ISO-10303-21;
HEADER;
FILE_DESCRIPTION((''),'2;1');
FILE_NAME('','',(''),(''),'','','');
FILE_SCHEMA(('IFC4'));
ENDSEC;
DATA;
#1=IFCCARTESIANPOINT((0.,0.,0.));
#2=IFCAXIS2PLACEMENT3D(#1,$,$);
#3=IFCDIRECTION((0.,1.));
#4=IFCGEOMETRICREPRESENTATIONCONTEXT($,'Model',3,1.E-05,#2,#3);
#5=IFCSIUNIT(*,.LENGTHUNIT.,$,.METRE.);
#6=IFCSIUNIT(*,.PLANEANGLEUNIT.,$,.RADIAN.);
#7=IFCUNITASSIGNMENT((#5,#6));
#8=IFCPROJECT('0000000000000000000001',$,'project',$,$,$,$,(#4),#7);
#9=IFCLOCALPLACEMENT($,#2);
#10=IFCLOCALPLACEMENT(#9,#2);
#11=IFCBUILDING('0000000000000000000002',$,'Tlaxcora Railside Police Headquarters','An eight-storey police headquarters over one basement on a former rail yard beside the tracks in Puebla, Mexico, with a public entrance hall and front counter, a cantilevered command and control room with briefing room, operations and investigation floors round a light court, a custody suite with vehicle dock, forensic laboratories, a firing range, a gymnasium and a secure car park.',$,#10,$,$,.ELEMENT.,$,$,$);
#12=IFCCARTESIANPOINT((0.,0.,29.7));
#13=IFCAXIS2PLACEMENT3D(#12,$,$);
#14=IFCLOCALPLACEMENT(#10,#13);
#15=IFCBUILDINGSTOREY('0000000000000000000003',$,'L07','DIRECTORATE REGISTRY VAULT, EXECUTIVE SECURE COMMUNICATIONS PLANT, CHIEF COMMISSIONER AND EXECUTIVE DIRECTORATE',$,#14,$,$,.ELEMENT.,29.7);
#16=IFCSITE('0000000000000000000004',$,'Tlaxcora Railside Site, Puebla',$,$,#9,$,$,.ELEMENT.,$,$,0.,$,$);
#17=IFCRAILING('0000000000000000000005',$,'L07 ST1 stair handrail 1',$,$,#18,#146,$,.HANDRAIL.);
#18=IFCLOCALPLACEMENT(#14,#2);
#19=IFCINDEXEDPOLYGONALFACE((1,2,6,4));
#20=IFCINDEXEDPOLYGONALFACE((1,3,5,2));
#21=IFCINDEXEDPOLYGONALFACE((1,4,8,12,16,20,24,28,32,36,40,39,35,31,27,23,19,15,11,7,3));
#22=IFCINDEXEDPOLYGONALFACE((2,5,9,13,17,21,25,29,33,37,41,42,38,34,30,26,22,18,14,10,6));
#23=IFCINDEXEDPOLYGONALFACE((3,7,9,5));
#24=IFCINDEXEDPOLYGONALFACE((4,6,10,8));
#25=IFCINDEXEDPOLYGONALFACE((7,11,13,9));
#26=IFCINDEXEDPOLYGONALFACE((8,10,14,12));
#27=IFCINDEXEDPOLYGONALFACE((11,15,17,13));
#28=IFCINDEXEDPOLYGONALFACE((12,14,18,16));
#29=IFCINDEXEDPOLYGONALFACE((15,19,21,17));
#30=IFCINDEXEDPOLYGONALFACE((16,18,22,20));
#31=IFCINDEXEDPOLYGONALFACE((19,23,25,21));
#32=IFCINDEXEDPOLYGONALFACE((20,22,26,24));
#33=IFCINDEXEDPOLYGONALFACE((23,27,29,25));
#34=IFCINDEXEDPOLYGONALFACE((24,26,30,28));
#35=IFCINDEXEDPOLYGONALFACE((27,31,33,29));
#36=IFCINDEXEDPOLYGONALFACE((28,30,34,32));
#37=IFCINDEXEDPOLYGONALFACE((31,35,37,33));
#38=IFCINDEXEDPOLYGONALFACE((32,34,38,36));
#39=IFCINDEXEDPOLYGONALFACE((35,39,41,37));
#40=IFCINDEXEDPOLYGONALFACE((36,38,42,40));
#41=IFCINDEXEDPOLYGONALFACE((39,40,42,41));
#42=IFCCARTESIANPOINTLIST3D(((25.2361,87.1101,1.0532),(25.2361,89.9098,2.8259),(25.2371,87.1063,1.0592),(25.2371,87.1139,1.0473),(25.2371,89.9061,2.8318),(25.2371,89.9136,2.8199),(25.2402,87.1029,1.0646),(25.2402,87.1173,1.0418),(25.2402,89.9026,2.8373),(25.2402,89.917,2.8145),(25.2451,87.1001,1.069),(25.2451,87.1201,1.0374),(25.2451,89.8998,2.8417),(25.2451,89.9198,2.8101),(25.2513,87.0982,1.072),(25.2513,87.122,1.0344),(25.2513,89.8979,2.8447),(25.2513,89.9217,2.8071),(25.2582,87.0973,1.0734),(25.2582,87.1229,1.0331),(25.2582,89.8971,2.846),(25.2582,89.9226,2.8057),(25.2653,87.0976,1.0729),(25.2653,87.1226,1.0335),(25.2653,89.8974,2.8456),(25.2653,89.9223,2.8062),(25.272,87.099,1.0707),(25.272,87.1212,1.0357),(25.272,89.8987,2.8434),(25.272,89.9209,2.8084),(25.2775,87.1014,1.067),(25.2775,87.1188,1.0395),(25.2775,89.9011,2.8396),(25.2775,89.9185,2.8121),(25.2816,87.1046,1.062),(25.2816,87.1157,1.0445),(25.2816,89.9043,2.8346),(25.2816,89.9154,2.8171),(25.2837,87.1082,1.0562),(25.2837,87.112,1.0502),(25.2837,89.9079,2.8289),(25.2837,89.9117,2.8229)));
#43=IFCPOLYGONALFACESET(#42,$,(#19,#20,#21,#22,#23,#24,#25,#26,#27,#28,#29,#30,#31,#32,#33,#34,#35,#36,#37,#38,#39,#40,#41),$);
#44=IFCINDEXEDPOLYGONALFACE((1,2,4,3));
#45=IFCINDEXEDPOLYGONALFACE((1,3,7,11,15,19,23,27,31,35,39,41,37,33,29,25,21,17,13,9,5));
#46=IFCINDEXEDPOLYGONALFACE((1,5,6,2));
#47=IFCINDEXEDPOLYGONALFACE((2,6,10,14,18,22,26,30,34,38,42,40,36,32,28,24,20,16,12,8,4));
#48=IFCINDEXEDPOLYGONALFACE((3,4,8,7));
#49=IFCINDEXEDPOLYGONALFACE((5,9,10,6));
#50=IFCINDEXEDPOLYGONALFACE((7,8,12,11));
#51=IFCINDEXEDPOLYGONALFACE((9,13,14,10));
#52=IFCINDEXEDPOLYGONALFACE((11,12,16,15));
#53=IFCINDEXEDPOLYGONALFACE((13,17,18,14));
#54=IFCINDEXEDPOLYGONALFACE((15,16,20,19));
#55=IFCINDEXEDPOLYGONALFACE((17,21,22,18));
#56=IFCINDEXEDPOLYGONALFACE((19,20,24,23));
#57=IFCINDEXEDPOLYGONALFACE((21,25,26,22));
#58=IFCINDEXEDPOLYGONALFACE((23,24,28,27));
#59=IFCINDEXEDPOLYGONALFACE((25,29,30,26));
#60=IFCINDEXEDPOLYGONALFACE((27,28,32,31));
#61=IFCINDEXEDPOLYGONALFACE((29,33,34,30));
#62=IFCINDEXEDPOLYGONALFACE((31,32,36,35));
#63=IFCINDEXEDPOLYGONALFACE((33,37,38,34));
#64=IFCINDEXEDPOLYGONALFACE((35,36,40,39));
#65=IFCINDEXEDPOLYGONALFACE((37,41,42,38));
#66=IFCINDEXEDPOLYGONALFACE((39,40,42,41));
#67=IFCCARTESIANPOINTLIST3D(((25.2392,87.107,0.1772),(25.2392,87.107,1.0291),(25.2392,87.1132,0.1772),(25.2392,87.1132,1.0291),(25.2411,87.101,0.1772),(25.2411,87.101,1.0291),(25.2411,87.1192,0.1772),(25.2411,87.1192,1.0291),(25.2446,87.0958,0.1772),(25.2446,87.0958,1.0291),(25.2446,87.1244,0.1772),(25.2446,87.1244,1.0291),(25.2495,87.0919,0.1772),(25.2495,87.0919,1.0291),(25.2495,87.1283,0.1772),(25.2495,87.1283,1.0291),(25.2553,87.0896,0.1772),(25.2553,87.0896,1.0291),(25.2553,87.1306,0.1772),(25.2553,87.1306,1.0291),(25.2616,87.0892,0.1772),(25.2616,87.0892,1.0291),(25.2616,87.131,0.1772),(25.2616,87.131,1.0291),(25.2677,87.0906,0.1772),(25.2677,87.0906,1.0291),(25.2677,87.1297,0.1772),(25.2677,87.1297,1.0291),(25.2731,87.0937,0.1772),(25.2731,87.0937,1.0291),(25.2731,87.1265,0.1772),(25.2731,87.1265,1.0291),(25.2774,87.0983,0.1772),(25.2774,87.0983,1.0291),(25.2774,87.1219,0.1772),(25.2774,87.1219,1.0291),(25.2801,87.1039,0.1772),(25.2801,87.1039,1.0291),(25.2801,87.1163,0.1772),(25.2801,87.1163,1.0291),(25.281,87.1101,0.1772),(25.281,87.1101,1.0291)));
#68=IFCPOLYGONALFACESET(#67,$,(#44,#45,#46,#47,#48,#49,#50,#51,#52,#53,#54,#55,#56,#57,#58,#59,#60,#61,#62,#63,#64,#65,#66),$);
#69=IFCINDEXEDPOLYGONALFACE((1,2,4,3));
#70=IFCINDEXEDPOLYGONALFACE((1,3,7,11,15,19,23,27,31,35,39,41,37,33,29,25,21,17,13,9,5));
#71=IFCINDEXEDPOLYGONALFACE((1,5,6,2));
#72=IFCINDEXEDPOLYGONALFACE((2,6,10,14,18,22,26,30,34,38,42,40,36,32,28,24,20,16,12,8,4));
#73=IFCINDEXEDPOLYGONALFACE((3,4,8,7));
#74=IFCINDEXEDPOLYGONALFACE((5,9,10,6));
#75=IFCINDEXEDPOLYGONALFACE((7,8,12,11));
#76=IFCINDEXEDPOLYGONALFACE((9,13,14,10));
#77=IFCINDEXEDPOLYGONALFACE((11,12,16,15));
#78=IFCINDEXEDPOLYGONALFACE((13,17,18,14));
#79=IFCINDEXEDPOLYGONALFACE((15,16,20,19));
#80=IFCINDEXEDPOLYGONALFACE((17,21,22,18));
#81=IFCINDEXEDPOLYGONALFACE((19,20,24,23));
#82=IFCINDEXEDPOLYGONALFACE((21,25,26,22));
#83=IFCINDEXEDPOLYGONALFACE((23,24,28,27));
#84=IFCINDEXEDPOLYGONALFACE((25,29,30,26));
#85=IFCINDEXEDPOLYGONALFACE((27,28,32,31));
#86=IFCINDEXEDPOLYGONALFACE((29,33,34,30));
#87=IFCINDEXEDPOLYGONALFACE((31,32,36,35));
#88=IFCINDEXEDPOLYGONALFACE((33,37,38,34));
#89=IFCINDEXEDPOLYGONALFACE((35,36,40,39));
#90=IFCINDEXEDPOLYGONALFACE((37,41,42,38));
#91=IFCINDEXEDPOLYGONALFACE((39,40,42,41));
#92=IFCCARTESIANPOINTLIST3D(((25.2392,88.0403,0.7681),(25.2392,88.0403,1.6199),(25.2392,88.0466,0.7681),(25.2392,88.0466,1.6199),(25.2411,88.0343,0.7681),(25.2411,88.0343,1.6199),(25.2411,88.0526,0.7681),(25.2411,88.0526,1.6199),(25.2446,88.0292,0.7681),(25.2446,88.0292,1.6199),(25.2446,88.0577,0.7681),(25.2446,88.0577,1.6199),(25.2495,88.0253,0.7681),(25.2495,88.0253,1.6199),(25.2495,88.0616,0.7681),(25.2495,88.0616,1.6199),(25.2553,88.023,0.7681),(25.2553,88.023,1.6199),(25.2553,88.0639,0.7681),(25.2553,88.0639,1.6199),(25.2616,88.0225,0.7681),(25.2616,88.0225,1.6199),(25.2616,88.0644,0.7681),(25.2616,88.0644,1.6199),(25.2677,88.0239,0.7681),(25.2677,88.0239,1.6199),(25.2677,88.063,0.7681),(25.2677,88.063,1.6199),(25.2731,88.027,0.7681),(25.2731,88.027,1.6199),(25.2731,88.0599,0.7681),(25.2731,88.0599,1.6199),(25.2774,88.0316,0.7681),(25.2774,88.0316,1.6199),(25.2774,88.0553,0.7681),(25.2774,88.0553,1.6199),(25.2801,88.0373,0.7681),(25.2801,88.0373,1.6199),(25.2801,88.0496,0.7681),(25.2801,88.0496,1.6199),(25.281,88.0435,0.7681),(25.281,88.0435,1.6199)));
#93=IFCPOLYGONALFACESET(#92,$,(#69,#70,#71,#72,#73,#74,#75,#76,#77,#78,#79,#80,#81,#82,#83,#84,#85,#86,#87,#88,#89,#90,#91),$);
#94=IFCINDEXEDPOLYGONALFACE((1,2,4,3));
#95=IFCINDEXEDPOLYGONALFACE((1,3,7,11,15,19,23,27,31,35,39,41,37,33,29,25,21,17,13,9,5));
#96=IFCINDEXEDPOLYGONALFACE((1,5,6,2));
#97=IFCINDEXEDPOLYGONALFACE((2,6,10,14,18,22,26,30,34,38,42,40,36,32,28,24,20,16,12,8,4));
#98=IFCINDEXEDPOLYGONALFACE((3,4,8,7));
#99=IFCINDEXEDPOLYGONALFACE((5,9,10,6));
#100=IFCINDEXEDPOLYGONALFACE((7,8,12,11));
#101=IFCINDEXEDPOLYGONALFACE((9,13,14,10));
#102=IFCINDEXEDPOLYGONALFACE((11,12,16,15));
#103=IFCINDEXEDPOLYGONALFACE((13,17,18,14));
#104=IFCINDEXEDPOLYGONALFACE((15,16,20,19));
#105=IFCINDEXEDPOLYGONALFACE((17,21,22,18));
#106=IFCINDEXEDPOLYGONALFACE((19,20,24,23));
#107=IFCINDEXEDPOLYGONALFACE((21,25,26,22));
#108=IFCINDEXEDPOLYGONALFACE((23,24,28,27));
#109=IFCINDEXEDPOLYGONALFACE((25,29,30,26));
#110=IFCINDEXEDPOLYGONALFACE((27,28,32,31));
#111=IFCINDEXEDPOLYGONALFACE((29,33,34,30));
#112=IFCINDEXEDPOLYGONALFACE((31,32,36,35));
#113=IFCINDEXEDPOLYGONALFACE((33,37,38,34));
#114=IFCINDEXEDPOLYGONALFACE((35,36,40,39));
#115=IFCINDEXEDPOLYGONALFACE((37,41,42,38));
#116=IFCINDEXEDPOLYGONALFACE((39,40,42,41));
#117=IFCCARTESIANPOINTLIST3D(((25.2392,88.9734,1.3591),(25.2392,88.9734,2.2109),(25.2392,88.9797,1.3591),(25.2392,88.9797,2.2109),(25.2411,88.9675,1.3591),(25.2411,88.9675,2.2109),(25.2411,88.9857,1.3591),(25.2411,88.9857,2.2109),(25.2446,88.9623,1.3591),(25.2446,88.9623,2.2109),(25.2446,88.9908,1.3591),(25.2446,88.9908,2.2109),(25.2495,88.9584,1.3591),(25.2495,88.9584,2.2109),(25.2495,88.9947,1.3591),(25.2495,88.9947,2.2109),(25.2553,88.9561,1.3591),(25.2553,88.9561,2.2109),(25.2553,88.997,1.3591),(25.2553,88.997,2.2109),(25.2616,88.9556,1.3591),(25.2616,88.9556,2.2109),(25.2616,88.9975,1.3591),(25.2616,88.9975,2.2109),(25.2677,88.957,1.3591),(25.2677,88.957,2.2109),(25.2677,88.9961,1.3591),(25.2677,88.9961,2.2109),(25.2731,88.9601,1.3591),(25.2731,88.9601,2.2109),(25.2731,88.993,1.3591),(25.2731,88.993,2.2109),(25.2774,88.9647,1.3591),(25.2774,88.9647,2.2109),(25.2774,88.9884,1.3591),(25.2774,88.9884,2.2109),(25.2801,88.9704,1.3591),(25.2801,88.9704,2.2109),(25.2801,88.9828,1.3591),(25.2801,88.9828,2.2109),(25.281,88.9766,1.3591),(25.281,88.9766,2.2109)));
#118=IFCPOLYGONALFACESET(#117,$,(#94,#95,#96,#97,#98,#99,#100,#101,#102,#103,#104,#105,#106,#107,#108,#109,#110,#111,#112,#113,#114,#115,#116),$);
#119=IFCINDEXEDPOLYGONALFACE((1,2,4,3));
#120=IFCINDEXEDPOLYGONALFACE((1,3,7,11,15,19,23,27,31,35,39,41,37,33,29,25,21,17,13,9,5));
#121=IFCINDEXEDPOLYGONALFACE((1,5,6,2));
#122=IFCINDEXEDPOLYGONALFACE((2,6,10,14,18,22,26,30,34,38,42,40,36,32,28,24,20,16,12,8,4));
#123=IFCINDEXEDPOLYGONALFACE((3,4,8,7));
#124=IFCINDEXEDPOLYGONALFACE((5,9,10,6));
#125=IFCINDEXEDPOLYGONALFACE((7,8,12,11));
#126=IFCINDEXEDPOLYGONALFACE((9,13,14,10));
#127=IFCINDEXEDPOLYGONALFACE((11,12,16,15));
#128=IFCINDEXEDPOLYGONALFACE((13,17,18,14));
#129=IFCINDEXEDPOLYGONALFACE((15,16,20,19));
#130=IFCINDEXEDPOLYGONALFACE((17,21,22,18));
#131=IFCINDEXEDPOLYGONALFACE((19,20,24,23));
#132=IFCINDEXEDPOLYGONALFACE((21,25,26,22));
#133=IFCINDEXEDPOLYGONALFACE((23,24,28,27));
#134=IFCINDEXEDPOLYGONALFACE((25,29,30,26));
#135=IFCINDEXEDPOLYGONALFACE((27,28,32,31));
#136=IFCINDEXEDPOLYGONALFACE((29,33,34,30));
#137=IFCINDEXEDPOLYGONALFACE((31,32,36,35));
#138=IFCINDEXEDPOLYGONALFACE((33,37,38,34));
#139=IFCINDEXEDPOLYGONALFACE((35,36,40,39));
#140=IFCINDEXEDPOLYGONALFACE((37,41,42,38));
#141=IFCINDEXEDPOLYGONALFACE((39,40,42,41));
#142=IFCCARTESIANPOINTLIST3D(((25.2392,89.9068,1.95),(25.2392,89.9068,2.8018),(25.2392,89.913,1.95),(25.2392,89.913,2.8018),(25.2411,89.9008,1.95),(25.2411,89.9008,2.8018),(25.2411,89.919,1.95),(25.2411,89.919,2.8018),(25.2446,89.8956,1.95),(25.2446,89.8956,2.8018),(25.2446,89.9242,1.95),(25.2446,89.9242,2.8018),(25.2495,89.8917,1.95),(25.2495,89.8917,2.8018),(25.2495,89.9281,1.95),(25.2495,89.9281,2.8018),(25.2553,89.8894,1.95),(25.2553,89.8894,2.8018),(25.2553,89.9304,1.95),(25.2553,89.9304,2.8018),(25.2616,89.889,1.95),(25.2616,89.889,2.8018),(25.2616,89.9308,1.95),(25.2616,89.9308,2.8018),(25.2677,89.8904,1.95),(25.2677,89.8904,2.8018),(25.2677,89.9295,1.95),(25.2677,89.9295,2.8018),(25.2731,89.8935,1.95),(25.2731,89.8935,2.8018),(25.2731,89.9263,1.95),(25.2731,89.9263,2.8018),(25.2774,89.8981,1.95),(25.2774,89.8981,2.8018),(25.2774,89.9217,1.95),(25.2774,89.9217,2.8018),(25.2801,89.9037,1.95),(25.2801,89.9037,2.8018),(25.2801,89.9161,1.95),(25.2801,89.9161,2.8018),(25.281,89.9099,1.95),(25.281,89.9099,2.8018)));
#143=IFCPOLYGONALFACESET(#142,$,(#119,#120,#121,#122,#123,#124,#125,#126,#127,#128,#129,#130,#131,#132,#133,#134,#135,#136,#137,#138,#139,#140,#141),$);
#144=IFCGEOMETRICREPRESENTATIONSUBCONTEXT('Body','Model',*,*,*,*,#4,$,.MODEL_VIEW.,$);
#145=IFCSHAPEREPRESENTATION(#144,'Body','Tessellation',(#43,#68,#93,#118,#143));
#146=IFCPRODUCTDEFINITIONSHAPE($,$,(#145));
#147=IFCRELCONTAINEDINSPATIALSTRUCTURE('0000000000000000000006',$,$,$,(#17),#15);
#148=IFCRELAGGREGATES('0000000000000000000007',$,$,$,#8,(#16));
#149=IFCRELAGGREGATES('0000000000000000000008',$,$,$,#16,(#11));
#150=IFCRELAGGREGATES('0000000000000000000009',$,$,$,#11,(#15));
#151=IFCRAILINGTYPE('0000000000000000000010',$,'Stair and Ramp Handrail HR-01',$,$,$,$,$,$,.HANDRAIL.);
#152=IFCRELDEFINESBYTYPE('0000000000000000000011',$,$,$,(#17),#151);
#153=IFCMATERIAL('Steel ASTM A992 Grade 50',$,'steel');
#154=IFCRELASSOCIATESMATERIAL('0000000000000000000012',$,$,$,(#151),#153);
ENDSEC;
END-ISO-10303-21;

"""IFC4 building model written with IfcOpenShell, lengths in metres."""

from ifc_helpers import new_model, si_unit, direction, frame, origin, origin_2d, place, context, subcontext, project, spatial, circle, extrude, material, type_object, element, save


model = new_model("IFC4")

# Units and contexts
model_context = context("Model", 3, precision=1e-05, world=origin(), true_north=direction((0.0, 1.0)))
body_context = subcontext(model_context, "Body", "Model", "MODEL_VIEW")
ifc_project = project(units=[si_unit("LENGTHUNIT", "METRE"), si_unit("PLANEANGLEUNIT", "RADIAN")], contexts=[model_context])

# Site, building, storey
site_placement = place(None, origin())
site = spatial("IfcSite", under=ifc_project, at=site_placement, Name="Tlaxcora Railside Site, Puebla", CompositionType="ELEMENT", RefElevation=0.0)
building_placement = place(site_placement, origin())
building = spatial("IfcBuilding", under=site, at=building_placement, Name="Tlaxcora Railside Police Headquarters", Description="An eight-storey police headquarters over one basement on a former rail yard beside the tracks in Puebla, Mexico, with a public entrance hall and front counter, a cantilevered command and control room with briefing room, operations and investigation floors round a light court, a custody suite with vehicle dock, forensic laboratories, a firing range, a gymnasium and a secure car park.", CompositionType="ELEMENT")
storey_placement = place(building_placement, frame((0.0, 0.0, 29.7)))
storey = spatial("IfcBuildingStorey", under=building, at=storey_placement, Name="L07", Description="DIRECTORATE REGISTRY VAULT, EXECUTIVE SECURE COMMUNICATIONS PLANT, CHIEF COMMISSIONER AND EXECUTIVE DIRECTORATE", CompositionType="ELEMENT", Elevation=29.7)

# Shared definitions
ifc_material_1 = material(Name="Steel ASTM A992 Grade 50", Category="steel")

# Railing
railing_type_1 = type_object("IfcRailingType", Name="Stair and Ramp Handrail HR-01", PredefinedType="HANDRAIL", material=ifc_material_1)
railing_1_placement = place(storey_placement, frame((25.26, 87.1101, 0.1772)))
element("IfcRailing", 1, at=railing_1_placement, inside=storey, type_object=railing_type_1, Name="L07 ST1 stair handrail 1", PredefinedType="HANDRAIL", context=body_context, shape_type="SweptSolid", body=[
    extrude(circle(Radius=0.0239, at=origin_2d()), frame((0.0, 0.0, 0.876), z_axis=(0.0, 0.844888, 0.534943), x_axis=(-1.0, 0.0, 0.0)), (0.0, 0.0, 1.0), 3.3137),
    extrude(circle(Radius=0.021, at=origin_2d()), origin(), (0.0, 0.0, 1.0), 0.8518),
    extrude(circle(Radius=0.021, at=origin_2d()), frame((0.0, 0.9333, 0.5908)), (0.0, 0.0, 1.0), 0.8518),
    extrude(circle(Radius=0.021, at=origin_2d()), frame((0.0, 1.8665, 1.1819)), (0.0, 0.0, 1.0), 0.8518),
    extrude(circle(Radius=0.021, at=origin_2d()), frame((0.0, 2.7998, 1.7727)), (0.0, 0.0, 1.0), 0.8518),
])

save(model, "model.ifc")
